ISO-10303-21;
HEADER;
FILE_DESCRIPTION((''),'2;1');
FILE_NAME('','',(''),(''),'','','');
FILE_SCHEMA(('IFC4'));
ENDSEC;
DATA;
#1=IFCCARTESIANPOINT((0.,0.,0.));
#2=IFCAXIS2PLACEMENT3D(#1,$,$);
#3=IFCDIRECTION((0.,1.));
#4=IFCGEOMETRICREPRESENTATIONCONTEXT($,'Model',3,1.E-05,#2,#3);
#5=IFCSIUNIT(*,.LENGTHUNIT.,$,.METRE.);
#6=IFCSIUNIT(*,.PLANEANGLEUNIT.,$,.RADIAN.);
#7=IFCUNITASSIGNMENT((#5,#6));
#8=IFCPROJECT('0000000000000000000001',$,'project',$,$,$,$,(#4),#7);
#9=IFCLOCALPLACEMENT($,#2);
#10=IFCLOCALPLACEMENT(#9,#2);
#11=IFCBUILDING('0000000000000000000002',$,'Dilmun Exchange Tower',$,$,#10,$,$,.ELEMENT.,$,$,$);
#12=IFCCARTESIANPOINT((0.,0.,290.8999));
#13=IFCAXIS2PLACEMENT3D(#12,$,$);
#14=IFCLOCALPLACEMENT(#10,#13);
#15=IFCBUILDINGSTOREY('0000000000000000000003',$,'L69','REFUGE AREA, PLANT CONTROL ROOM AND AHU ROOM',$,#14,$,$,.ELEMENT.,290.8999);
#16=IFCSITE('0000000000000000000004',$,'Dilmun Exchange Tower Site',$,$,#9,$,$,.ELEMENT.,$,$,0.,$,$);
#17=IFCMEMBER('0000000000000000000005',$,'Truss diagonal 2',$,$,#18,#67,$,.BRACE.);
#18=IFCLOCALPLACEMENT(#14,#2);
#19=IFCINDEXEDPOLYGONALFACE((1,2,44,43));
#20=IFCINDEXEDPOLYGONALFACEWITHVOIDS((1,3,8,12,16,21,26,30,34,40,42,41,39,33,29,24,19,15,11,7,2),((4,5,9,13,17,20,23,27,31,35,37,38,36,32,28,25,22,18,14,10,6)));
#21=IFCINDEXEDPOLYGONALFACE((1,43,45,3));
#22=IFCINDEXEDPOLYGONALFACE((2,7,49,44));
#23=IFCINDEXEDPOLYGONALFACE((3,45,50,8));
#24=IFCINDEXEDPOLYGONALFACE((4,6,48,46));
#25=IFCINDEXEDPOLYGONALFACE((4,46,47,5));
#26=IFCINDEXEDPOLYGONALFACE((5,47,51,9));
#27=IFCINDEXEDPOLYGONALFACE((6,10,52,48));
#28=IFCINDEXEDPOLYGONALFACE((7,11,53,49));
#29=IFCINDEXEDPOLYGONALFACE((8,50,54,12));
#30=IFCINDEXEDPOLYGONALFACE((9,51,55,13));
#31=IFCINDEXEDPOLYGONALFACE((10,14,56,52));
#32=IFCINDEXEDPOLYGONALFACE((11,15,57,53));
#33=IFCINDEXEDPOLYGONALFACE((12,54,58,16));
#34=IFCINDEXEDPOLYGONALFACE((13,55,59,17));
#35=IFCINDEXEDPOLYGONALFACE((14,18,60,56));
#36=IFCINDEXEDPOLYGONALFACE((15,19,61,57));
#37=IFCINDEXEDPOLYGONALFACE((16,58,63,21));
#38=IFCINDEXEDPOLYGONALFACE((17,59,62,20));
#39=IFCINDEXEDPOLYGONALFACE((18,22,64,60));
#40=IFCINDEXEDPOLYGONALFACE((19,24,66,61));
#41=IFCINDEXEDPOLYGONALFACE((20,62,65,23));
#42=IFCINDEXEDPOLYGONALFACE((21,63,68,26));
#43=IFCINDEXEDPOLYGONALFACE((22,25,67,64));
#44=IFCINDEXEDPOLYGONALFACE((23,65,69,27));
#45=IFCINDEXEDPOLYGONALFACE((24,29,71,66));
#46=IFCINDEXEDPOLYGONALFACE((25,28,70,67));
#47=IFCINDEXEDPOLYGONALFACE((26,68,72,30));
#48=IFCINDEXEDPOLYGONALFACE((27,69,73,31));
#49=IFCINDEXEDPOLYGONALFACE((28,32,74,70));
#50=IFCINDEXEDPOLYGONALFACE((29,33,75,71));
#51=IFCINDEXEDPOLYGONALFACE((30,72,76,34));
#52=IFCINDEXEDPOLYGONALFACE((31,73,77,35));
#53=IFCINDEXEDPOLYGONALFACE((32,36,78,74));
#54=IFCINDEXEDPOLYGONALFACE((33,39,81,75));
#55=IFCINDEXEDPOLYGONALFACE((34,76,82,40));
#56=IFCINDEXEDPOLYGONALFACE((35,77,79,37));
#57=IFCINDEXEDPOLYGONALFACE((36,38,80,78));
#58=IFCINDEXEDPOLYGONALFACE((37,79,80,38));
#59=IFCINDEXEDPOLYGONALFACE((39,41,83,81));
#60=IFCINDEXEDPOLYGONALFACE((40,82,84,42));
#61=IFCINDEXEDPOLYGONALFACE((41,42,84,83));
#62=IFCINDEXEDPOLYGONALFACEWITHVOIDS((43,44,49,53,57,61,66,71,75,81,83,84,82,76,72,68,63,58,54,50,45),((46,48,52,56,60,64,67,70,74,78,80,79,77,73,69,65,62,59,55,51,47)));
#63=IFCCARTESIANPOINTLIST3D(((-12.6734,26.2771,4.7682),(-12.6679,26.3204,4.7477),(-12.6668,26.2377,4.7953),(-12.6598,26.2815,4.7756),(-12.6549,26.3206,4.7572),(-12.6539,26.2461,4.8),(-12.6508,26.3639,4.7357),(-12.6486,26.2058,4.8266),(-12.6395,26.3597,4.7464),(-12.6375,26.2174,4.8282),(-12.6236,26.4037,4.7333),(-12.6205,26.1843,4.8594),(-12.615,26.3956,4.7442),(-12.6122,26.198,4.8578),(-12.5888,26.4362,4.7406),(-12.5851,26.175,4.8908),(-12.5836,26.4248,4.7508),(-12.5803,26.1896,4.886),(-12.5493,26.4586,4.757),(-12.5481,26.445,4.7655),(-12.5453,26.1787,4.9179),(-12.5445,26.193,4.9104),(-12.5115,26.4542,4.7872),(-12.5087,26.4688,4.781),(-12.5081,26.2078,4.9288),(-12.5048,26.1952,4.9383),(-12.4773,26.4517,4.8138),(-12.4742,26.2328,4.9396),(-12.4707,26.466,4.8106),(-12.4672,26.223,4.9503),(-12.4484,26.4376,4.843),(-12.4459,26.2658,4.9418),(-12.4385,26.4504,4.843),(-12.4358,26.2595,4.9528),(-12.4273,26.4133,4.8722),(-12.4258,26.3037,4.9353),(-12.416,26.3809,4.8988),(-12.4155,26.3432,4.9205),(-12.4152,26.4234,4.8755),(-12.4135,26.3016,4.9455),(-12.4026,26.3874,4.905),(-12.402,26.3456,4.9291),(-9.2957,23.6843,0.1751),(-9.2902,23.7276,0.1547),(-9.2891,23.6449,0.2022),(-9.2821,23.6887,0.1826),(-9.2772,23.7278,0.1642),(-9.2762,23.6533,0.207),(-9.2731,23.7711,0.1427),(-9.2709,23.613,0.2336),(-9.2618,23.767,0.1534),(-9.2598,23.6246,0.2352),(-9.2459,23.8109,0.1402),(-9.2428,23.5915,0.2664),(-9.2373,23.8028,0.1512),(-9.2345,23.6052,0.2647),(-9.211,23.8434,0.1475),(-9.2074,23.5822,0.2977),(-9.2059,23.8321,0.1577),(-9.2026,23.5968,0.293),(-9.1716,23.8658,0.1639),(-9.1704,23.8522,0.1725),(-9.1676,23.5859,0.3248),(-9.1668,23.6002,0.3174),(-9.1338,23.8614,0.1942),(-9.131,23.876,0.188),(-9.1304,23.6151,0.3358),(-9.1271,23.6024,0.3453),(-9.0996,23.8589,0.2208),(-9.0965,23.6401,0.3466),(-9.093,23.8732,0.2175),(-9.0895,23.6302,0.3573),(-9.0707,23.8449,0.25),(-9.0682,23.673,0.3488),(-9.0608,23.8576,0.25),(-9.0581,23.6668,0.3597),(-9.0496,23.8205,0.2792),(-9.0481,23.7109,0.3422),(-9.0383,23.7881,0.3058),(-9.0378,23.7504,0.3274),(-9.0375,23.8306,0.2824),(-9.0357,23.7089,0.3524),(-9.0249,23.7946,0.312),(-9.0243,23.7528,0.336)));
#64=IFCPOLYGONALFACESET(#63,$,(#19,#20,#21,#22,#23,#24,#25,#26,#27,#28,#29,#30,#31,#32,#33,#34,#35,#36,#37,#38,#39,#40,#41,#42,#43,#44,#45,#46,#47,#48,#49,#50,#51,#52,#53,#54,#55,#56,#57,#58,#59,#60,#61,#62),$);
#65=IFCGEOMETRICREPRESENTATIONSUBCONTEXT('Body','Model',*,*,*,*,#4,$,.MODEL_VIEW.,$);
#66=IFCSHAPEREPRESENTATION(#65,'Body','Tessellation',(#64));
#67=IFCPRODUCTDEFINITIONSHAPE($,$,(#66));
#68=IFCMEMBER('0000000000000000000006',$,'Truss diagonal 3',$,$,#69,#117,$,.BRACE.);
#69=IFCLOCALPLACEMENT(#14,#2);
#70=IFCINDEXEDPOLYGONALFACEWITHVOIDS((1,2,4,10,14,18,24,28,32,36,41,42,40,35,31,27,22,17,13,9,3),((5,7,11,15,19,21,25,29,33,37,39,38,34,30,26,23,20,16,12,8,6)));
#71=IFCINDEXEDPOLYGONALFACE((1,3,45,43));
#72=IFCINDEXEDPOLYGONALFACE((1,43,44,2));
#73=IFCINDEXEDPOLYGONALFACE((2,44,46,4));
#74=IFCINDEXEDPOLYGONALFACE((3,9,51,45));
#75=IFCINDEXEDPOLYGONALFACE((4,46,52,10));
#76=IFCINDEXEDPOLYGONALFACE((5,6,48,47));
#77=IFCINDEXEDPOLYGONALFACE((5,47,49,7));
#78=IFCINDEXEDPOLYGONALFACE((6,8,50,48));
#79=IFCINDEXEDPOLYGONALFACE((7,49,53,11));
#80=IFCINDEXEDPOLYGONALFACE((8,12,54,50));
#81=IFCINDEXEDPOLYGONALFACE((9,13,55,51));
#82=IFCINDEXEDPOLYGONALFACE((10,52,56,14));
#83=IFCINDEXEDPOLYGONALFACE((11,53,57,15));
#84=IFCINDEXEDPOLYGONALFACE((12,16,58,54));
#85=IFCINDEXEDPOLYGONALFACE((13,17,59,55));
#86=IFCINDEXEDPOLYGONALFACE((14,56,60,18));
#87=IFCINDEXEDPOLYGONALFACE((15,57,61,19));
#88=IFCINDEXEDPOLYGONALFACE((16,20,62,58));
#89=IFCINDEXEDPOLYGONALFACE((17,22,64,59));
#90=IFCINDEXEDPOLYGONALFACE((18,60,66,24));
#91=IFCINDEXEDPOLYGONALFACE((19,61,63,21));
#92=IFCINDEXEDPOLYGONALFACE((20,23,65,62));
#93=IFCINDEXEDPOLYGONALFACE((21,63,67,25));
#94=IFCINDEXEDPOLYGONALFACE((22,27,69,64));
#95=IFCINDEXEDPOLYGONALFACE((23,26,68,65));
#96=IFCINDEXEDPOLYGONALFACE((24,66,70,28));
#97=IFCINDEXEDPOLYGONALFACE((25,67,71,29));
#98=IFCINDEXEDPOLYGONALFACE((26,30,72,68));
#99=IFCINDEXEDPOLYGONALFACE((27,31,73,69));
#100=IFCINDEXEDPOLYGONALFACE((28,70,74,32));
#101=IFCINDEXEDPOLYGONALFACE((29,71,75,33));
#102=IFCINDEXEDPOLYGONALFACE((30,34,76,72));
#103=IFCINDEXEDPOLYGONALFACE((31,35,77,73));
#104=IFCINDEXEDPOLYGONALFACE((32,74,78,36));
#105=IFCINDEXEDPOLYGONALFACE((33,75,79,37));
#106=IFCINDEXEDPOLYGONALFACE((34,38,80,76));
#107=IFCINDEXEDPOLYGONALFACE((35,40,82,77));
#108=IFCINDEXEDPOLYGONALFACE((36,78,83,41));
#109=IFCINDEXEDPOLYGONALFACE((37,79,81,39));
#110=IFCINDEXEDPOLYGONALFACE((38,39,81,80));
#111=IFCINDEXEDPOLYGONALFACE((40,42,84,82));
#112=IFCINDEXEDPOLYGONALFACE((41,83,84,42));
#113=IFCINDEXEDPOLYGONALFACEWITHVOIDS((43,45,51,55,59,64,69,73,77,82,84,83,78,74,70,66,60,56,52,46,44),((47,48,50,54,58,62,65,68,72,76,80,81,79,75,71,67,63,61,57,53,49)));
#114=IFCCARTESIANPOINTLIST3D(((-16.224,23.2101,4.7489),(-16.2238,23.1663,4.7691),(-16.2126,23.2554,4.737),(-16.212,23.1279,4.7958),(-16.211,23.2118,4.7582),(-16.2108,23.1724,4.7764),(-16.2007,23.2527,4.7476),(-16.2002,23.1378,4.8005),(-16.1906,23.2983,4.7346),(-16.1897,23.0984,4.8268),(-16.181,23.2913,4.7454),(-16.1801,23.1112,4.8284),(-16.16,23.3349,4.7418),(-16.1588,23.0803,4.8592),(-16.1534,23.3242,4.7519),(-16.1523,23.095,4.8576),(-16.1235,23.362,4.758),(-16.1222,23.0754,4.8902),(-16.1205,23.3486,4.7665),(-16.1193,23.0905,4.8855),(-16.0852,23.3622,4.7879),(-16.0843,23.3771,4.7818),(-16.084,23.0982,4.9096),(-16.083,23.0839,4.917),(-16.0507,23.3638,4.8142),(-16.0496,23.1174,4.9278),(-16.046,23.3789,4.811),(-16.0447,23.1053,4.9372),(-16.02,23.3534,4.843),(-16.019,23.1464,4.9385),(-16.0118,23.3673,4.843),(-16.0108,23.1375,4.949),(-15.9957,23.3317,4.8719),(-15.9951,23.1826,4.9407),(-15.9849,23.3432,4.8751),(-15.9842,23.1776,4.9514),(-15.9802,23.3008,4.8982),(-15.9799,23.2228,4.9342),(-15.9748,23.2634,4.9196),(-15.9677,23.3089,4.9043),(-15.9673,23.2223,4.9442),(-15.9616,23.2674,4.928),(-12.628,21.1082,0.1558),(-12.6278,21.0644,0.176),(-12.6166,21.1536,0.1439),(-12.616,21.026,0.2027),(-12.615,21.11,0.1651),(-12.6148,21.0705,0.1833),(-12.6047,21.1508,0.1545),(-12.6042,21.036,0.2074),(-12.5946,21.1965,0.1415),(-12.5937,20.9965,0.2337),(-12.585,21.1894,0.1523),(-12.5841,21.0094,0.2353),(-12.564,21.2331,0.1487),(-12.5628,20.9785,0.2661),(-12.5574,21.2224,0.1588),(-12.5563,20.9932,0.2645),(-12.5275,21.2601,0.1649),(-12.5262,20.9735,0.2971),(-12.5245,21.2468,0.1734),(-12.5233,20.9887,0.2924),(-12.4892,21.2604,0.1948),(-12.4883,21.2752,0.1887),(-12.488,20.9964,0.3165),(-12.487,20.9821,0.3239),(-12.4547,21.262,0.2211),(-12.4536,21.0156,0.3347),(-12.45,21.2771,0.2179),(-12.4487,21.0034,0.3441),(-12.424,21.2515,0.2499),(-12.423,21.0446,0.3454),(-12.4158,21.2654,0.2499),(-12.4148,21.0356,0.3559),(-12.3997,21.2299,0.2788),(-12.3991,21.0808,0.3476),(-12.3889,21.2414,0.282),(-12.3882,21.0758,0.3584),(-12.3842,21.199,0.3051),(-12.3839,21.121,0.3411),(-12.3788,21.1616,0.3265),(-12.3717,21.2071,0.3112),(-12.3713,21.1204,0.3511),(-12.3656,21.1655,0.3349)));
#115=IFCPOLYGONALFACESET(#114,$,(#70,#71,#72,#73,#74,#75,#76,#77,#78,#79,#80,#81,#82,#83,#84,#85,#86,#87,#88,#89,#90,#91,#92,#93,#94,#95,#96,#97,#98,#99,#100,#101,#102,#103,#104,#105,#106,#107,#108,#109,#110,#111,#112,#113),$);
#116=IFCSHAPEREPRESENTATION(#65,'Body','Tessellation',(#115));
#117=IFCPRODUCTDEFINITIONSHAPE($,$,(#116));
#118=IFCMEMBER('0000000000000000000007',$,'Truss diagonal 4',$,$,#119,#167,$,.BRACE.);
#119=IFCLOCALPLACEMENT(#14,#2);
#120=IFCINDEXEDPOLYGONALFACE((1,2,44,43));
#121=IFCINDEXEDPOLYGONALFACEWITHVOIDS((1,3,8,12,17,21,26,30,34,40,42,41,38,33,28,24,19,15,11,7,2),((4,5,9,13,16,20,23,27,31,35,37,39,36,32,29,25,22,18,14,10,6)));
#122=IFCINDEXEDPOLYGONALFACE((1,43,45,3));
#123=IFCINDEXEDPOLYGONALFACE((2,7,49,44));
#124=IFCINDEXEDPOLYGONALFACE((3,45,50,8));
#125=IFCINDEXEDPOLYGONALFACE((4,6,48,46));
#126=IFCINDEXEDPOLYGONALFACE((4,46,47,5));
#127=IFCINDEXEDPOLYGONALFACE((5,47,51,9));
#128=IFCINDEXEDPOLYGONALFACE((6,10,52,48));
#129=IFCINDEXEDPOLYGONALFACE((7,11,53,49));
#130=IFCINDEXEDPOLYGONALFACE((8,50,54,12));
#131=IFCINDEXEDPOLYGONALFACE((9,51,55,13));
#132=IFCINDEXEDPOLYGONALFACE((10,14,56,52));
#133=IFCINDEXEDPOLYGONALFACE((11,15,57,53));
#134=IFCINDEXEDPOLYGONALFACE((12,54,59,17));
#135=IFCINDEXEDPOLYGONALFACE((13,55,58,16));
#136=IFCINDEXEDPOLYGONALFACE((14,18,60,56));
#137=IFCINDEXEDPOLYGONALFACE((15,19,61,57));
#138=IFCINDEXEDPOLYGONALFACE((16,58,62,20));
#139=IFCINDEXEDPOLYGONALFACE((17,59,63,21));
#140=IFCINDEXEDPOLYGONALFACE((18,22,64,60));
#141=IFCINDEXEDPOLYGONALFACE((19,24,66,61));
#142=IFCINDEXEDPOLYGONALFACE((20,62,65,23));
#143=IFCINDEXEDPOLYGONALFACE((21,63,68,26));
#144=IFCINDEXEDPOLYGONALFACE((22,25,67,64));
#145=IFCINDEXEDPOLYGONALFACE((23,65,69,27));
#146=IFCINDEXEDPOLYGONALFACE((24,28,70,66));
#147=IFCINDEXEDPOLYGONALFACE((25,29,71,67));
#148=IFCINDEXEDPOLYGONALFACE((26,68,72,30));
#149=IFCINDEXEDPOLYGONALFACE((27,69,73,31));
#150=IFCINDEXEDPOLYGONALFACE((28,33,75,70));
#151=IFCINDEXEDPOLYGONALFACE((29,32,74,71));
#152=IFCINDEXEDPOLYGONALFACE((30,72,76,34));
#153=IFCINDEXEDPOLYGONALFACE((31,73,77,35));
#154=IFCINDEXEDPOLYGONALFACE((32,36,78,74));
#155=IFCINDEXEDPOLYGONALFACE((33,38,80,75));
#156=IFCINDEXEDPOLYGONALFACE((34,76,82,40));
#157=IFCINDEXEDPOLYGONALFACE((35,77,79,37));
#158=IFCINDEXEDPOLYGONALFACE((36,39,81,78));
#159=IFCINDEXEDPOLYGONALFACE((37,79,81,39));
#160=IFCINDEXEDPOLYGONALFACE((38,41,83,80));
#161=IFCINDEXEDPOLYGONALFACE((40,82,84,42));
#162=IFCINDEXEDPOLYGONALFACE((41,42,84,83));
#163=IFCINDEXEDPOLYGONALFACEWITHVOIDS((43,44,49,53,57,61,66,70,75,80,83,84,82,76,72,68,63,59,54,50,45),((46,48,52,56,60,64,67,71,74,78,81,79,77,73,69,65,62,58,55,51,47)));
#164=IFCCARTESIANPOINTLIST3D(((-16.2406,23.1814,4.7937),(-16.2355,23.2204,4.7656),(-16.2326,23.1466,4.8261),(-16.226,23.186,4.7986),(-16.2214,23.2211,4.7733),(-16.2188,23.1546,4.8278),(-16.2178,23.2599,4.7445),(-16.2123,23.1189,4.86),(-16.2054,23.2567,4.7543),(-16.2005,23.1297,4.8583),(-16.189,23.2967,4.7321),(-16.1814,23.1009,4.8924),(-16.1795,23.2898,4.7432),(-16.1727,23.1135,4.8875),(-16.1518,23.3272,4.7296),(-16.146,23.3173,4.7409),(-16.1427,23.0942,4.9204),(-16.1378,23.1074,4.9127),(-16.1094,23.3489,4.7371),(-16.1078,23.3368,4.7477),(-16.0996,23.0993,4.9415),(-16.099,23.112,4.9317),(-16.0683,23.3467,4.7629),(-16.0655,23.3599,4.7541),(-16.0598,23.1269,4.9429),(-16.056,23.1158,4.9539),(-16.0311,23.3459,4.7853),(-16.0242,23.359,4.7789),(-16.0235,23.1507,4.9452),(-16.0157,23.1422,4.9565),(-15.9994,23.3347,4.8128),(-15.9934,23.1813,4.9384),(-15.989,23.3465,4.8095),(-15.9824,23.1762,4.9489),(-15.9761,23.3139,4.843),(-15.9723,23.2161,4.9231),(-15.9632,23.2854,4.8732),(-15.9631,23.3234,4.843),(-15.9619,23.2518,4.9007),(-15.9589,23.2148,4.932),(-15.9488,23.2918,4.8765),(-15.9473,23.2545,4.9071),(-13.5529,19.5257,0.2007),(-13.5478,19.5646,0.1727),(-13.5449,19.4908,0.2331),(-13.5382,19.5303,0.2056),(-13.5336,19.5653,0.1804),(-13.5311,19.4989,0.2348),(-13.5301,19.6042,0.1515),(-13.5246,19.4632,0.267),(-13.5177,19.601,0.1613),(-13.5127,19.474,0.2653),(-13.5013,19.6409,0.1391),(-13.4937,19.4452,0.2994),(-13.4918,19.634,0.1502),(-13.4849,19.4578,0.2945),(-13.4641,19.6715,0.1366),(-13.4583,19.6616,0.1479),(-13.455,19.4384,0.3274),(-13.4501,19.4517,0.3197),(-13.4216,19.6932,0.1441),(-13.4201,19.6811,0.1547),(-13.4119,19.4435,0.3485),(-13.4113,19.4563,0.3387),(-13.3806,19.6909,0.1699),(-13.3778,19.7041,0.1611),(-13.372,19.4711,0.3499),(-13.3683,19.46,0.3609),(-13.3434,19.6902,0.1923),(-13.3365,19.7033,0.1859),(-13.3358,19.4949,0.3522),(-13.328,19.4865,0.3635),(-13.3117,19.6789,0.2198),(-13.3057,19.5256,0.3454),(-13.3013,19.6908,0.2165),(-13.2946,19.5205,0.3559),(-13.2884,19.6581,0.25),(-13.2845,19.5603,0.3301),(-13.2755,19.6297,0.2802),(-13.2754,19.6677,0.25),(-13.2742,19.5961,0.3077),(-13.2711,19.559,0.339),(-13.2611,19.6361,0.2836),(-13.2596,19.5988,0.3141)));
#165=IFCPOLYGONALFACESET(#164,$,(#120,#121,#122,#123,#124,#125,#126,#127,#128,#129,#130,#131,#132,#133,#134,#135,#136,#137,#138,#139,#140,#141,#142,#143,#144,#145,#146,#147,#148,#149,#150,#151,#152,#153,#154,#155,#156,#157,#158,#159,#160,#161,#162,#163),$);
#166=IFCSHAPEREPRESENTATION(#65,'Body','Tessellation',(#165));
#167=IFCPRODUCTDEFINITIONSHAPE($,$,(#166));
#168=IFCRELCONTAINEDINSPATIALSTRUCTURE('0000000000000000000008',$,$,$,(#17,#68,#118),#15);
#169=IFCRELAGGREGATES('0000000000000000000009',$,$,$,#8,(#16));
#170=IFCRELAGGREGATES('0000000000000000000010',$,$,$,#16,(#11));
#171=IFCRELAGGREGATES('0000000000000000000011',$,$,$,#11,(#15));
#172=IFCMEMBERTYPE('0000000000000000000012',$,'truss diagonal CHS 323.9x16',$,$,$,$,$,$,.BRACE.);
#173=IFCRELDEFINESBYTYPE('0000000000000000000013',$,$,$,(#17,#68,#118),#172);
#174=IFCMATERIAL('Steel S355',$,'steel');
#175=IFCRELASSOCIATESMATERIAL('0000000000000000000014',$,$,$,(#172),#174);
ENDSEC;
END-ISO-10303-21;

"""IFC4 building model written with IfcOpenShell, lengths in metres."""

from ifc_helpers import new_model, si_unit, direction, frame, origin, origin_2d, place, context, subcontext, project, spatial, hollow_circle, extrude, material, material_profile, profile_set, type_object, element, save


model = new_model("IFC4")

# Units and contexts
model_context = context("Model", 3, precision=1e-05, world=origin(), true_north=direction((0.0, 1.0)))
body_context = subcontext(model_context, "Body", "Model", "MODEL_VIEW")
ifc_project = project(units=[si_unit("LENGTHUNIT", "METRE"), si_unit("PLANEANGLEUNIT", "RADIAN")], contexts=[model_context])

# Site, building, storey
site_placement = place(None, origin())
site = spatial("IfcSite", under=ifc_project, at=site_placement, Name="Dilmun Exchange Tower Site", CompositionType="ELEMENT", RefElevation=0.0)
building_placement = place(site_placement, origin())
building = spatial("IfcBuilding", under=site, at=building_placement, Name="Dilmun Exchange Tower", CompositionType="ELEMENT")
storey_placement = place(building_placement, frame((0.0, 0.0, 290.8999)))
storey = spatial("IfcBuildingStorey", under=building, at=storey_placement, Name="L69", Description="REFUGE AREA, PLANT CONTROL ROOM AND AHU ROOM", CompositionType="ELEMENT", Elevation=290.8999)

# Shared definitions
ifc_material_1 = material(Name="Steel S355", Category="steel")

# Members
ifc_material_profile_1 = material_profile(ifc_material_1, hollow_circle(Radius=0.1619, WallThickness=0.0161, at=origin_2d()), Name="CHS 323.9x16")
ifc_profile_set_1 = profile_set([ifc_material_profile_1], Name="Steel S355")
member_type_1 = type_object("IfcMemberType", Name="truss diagonal CHS 323.9x16", PredefinedType="BRACE", material=ifc_profile_set_1)
member_1_placement = place(storey_placement, frame((-12.5371, 26.322, 4.843), z_axis=(0.539295, -0.413973, -0.73334), x_axis=(0.608907, 0.793242, 0.0)))
element("IfcMember", 1, at=member_1_placement, inside=storey, type_object=member_type_1, Name="Truss diagonal 2", PredefinedType="BRACE", context=body_context, shape_type="SweptSolid", body=[
    extrude(hollow_circle(Radius=0.1619, WallThickness=0.0161, at=origin_2d()), origin(), (0.0, 0.0, 1.0), 6.2632),
])
member_2_placement = place(storey_placement, frame((-16.0935, 23.2275, 4.843), z_axis=(0.57996, -0.338982, -0.740768), x_axis=(0.504618, 0.863343, 0.0)))
element("IfcMember", 2, at=member_2_placement, inside=storey, type_object=member_type_1, Name="Truss diagonal 3", PredefinedType="BRACE", context=body_context, shape_type="SweptSolid", body=[
    extrude(hollow_circle(Radius=0.1619, WallThickness=0.0161, at=origin_2d()), origin(), (0.0, 0.0, 1.0), 6.2004),
])
member_3_placement = place(storey_placement, frame((-16.0935, 23.2275, 4.843), z_axis=(0.416295, -0.566228, -0.711396), x_axis=(0.805684, 0.592345, 0.0)))
element("IfcMember", 3, at=member_3_placement, inside=storey, type_object=member_type_1, Name="Truss diagonal 4", PredefinedType="BRACE", context=body_context, shape_type="SweptSolid", body=[
    extrude(hollow_circle(Radius=0.1619, WallThickness=0.0161, at=origin_2d()), origin(), (0.0, 0.0, 1.0), 6.4563),
])

save(model, "model.ifc")
